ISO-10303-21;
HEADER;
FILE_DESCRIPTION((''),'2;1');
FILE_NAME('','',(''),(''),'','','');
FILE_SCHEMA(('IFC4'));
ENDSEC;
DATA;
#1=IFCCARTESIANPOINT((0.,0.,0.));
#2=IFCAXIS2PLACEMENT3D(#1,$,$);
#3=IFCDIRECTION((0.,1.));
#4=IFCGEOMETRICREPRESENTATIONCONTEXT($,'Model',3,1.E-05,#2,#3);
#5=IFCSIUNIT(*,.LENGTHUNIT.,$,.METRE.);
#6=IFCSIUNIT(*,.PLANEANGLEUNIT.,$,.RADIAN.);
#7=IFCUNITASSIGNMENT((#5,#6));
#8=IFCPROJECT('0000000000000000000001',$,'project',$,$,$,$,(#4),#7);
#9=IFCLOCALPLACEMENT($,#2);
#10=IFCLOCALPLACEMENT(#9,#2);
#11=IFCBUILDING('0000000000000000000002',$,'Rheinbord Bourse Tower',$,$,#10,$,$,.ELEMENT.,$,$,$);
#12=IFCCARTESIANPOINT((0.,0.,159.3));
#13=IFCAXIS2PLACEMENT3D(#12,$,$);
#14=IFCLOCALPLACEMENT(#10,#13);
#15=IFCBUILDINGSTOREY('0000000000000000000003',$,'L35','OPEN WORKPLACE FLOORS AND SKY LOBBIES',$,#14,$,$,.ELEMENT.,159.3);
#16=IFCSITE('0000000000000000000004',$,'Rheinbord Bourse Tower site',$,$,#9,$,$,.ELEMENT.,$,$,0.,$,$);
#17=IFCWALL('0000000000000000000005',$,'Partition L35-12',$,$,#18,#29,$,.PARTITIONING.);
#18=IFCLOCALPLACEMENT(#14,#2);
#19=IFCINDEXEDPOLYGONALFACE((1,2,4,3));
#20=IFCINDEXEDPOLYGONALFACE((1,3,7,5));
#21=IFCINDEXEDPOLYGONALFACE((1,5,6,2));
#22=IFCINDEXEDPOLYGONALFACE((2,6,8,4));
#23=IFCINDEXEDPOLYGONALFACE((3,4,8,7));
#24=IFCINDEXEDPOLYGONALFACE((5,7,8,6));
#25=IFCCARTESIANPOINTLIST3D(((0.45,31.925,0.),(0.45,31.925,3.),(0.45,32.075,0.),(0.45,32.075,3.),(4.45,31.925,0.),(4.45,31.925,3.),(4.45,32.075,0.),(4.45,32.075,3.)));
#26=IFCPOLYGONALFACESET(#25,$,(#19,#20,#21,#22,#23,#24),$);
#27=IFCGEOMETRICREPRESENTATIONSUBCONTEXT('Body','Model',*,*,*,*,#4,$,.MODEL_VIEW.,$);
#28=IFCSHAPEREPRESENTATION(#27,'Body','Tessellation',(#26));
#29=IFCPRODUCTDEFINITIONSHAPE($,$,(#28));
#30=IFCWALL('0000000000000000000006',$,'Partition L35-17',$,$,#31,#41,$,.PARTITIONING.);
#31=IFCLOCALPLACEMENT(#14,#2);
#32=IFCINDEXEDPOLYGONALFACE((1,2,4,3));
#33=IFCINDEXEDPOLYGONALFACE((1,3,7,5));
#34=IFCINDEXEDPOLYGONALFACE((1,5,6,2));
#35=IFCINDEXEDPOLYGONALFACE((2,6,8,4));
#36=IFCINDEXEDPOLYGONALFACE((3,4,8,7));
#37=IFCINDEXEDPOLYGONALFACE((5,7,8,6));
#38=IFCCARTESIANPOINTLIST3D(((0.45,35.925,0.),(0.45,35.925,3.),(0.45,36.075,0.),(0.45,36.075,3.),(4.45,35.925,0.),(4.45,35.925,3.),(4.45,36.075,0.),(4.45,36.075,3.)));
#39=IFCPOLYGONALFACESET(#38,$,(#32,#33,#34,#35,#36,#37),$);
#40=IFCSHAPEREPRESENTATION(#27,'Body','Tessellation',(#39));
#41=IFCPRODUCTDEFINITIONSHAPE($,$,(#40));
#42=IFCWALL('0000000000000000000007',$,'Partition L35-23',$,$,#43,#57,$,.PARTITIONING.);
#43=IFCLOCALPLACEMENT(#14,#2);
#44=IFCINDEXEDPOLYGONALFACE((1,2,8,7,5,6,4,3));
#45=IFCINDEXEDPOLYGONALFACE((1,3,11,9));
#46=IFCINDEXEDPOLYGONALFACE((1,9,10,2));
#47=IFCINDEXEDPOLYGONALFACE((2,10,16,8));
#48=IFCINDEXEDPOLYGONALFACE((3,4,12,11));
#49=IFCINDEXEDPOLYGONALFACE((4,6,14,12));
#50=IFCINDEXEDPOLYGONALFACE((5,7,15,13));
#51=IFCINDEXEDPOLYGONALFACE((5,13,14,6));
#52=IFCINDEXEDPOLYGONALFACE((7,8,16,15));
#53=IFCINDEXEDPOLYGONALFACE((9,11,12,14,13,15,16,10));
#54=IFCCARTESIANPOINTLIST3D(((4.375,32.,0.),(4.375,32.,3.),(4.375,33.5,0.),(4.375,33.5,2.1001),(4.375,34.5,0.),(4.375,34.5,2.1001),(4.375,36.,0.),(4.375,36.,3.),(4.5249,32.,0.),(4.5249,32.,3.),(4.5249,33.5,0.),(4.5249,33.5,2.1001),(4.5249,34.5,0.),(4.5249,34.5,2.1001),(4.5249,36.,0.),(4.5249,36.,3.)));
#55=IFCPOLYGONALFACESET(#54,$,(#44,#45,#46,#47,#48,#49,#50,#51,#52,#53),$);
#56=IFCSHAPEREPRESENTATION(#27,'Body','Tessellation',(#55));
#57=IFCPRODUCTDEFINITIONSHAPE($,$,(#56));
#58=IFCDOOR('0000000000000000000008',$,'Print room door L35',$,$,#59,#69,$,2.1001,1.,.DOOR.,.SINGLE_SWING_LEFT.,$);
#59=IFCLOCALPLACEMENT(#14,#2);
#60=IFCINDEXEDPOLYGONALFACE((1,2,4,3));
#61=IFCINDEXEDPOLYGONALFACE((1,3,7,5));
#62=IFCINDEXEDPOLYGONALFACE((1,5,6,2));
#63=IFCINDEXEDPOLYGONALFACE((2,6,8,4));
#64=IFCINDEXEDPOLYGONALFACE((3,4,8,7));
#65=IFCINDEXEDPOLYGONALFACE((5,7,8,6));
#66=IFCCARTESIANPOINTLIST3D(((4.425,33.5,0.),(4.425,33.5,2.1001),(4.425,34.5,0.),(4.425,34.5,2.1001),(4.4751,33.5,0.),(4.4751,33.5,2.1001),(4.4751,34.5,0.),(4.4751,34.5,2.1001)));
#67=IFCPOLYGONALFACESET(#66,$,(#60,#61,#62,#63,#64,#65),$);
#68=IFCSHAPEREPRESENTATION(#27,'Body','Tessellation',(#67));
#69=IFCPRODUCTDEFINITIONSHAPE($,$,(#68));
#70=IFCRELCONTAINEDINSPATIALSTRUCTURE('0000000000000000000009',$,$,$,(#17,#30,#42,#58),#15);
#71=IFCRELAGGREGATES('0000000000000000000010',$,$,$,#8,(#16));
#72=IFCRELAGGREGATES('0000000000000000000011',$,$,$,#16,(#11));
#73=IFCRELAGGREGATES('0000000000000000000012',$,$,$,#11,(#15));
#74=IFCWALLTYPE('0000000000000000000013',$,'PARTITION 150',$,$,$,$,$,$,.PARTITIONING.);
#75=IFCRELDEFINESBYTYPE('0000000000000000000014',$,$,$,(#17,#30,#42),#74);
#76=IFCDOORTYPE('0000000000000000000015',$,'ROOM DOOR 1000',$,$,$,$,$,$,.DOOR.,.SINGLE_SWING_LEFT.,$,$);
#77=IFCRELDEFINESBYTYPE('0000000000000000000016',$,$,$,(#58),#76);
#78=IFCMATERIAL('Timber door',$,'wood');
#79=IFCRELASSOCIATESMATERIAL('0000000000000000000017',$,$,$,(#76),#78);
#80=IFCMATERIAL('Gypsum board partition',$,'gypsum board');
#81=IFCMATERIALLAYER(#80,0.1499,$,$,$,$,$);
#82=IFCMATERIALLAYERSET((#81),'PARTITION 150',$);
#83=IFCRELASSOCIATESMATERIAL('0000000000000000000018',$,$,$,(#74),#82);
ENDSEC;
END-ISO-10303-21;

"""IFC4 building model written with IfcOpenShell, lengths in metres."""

from ifc_helpers import new_model, si_unit, direction, frame, frame_2d, origin, place, context, subcontext, project, spatial, rectangle, extrude, material, layer, layer_set, type_object, element, fill, save


model = new_model("IFC4")

# Units and contexts
model_context = context("Model", 3, precision=1e-05, world=origin(), true_north=direction((0.0, 1.0)))
body_context = subcontext(model_context, "Body", "Model", "MODEL_VIEW")
ifc_project = project(units=[si_unit("LENGTHUNIT", "METRE"), si_unit("PLANEANGLEUNIT", "RADIAN")], contexts=[model_context])

# Site, building, storey
site_placement = place(None, origin())
site = spatial("IfcSite", under=ifc_project, at=site_placement, Name="Rheinbord Bourse Tower site", CompositionType="ELEMENT", RefElevation=0.0)
building_placement = place(site_placement, origin())
building = spatial("IfcBuilding", under=site, at=building_placement, Name="Rheinbord Bourse Tower", CompositionType="ELEMENT")
storey_placement = place(building_placement, frame((0.0, 0.0, 159.3)))
storey = spatial("IfcBuildingStorey", under=building, at=storey_placement, Name="L35", Description="OPEN WORKPLACE FLOORS AND SKY LOBBIES", CompositionType="ELEMENT", Elevation=159.3)

# Shared definitions
ifc_material_1 = material(Name="Timber door", Category="wood")
door_type = type_object("IfcDoorType", Name="ROOM DOOR 1000", OperationType="SINGLE_SWING_LEFT", PredefinedType="DOOR", material=ifc_material_1)

# Walls
ifc_material_2 = material(Name="Gypsum board partition", Category="gypsum board")
ifc_layer_1 = layer(ifc_material_2, 0.1499)
ifc_layer_set_1 = layer_set([ifc_layer_1], Name="PARTITION 150")
wall_type_1 = type_object("IfcWallType", Name="PARTITION 150", PredefinedType="PARTITIONING", material=ifc_layer_set_1)
for number, where, z_axis, x_axis, name in (
    (1, (0.45, 32.0, 0.0), (0.0, 0.0, 1.0), (1.0, 0.0, 0.0), "Partition L35-12"),
    (2, (0.45, 36.0, 0.0), (0.0, 0.0, 1.0), (1.0, 0.0, 0.0), "Partition L35-17"),
):
    element("IfcWall", number, at=place(storey_placement, frame(where, z_axis=z_axis, x_axis=x_axis)), inside=storey, type_object=wall_type_1, Name=name, PredefinedType="PARTITIONING", context=body_context, shape_type="SweptSolid", body=[
        extrude(rectangle(XDim=4.0, YDim=0.1499, at=frame_2d((2.0, 0.0))), origin(), (0.0, 0.0, 1.0), 3.0),
    ])

# Wall, opening, door
wall_1_placement = place(storey_placement, frame((4.45, 32.0, 0.0), z_axis=(0.0, 0.0, 1.0), x_axis=(0.0, 1.0, 0.0)))
wall_1 = element("IfcWall", 3, at=wall_1_placement, inside=storey, type_object=wall_type_1, Name="Partition L35-23", PredefinedType="PARTITIONING", context=body_context, shape_type="SweptSolid", body=[
    extrude(rectangle(XDim=4.0, YDim=0.1499, at=frame_2d((2.0, 0.0))), origin(), (0.0, 0.0, 1.0), 3.0),
])
opening_1_placement = place(wall_1_placement, frame((1.5, 0.0, 0.0)))
opening_1 = element("IfcOpeningElement", 4, at=opening_1_placement, cuts=wall_1, PredefinedType="OPENING", context=body_context, shape_type="SweptSolid", body=[
    extrude(rectangle(XDim=1.0, YDim=2.1001, at=frame_2d((0.5, 1.05))), frame((0.0, 0.085, 0.0), z_axis=(0.0, -1.0, 0.0), x_axis=(1.0, 0.0, 0.0)), (0.0, 0.0, 1.0), 0.1699),
])
door_1_placement = place(opening_1_placement, origin())
door_1 = element("IfcDoor", 5, at=door_1_placement, inside=storey, type_object=door_type, Name="Print room door L35", OperationType="SINGLE_SWING_LEFT", OverallHeight=2.1001, OverallWidth=1.0, PredefinedType="DOOR", context=body_context, shape_type="SweptSolid", body=[
    extrude(rectangle(XDim=1.0, YDim=2.1001, at=frame_2d((0.5, 1.05))), frame((0.0, 0.0249, 0.0), z_axis=(0.0, -1.0, 0.0), x_axis=(1.0, 0.0, 0.0)), (0.0, 0.0, 1.0), 0.05),
])
fill(opening_1, door_1)

save(model, "model.ifc")
